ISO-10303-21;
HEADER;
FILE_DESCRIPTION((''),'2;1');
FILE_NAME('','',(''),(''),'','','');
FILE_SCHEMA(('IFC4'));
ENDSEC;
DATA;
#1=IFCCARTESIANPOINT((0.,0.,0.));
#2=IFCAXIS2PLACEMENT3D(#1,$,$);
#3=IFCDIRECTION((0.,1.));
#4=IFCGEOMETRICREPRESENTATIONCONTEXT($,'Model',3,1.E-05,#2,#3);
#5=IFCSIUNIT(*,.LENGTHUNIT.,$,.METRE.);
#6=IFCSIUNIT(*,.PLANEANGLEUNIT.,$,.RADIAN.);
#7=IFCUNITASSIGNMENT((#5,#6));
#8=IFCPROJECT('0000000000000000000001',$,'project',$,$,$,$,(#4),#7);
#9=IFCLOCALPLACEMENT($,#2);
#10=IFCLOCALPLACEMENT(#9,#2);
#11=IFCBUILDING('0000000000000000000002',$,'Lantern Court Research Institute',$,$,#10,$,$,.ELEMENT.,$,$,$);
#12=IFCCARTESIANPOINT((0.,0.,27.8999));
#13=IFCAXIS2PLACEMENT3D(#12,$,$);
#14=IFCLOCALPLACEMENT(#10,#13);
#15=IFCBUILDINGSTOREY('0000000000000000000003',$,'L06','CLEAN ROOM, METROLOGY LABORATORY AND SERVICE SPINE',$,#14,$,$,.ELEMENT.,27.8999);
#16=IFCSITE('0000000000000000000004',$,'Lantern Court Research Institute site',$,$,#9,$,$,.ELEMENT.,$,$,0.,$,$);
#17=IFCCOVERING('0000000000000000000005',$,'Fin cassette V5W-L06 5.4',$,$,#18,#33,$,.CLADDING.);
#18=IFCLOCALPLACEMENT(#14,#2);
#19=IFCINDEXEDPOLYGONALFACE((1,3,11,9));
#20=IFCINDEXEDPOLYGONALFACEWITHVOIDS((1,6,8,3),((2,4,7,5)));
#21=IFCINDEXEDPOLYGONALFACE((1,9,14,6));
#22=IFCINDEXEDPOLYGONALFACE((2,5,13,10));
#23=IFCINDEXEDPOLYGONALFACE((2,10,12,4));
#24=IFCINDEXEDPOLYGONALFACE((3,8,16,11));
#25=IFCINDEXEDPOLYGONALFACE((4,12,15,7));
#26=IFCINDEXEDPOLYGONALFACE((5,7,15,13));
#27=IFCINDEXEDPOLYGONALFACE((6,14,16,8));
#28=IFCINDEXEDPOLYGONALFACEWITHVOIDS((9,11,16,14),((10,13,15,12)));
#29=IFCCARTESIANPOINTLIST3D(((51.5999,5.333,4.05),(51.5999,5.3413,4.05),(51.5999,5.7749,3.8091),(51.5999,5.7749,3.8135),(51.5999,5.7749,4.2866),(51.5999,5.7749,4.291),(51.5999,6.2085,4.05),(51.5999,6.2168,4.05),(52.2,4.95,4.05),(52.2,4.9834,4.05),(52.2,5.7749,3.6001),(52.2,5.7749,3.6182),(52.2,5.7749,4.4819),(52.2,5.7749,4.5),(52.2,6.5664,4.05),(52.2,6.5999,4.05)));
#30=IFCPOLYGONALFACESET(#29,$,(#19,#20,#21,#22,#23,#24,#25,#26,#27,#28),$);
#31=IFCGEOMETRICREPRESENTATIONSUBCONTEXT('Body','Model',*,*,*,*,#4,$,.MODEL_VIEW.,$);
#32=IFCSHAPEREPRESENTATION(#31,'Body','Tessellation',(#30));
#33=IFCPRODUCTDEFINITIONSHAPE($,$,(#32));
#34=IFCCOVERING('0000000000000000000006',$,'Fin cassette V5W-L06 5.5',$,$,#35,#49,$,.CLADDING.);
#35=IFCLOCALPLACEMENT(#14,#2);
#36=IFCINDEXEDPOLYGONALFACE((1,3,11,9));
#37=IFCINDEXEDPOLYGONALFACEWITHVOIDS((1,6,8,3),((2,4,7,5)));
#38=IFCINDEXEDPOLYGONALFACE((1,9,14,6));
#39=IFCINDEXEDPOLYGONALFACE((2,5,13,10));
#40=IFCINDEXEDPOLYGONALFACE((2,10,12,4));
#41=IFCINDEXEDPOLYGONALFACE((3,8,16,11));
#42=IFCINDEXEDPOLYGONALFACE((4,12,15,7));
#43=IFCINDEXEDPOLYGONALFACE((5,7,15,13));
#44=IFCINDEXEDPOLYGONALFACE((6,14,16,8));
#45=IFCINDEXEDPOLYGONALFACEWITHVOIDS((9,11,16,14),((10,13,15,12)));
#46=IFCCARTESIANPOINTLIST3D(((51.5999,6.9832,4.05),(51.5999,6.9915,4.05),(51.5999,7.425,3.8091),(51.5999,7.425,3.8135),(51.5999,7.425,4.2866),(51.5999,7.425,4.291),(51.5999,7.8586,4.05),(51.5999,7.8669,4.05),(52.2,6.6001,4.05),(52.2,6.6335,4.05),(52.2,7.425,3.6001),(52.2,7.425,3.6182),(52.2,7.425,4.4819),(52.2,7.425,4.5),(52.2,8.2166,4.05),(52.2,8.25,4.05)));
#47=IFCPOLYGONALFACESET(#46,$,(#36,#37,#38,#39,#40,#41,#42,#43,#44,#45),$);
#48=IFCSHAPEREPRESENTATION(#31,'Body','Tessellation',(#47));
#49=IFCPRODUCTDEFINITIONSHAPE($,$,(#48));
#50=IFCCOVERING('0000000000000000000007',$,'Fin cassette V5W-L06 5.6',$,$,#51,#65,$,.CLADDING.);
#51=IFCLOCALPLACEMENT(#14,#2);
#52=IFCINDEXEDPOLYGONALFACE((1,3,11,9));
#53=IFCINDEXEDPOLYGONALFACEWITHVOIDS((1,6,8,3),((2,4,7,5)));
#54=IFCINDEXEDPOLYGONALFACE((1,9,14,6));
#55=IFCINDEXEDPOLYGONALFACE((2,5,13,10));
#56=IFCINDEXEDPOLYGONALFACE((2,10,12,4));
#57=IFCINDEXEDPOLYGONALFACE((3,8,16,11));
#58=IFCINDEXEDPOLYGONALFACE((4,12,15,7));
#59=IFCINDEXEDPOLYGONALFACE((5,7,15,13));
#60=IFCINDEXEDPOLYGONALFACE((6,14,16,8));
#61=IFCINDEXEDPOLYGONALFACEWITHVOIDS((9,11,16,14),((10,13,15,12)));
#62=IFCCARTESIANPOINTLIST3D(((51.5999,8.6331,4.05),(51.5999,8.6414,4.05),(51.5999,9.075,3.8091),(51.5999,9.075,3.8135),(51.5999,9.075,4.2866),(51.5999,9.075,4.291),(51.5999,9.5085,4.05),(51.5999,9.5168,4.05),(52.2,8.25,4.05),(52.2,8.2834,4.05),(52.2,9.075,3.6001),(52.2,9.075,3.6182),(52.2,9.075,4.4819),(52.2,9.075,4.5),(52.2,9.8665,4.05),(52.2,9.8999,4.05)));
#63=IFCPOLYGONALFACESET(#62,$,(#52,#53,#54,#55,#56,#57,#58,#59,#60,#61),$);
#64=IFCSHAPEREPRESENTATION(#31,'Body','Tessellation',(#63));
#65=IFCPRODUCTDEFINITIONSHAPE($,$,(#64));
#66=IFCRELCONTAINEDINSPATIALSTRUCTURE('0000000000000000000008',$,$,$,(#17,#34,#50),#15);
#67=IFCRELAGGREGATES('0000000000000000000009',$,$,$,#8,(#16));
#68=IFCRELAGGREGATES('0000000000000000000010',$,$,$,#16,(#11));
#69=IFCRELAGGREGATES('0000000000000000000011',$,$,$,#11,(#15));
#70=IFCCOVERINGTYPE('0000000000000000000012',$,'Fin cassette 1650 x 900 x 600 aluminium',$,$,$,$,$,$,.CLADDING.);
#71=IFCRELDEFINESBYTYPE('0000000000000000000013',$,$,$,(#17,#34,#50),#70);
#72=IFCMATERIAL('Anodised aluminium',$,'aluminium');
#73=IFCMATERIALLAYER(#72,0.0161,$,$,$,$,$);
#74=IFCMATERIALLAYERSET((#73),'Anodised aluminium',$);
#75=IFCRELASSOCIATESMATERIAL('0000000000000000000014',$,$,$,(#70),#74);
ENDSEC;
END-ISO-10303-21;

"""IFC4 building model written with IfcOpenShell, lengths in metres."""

from ifc_helpers import new_model, entity, si_unit, direction, frame, origin, place, context, subcontext, project, spatial, material, layer, layer_set, type_object, element, save


model = new_model("IFC4")

# Units and contexts
model_context = context("Model", 3, precision=1e-05, world=origin(), true_north=direction((0.0, 1.0)))
body_context = subcontext(model_context, "Body", "Model", "MODEL_VIEW")
ifc_project = project(units=[si_unit("LENGTHUNIT", "METRE"), si_unit("PLANEANGLEUNIT", "RADIAN")], contexts=[model_context])

# Site, building, storey
site_placement = place(None, origin())
site = spatial("IfcSite", under=ifc_project, at=site_placement, Name="Lantern Court Research Institute site", CompositionType="ELEMENT", RefElevation=0.0)
building_placement = place(site_placement, origin())
building = spatial("IfcBuilding", under=site, at=building_placement, Name="Lantern Court Research Institute", CompositionType="ELEMENT")
storey_placement = place(building_placement, frame((0.0, 0.0, 27.8999)))
storey = spatial("IfcBuildingStorey", under=building, at=storey_placement, Name="L06", Description="CLEAN ROOM, METROLOGY LABORATORY AND SERVICE SPINE", CompositionType="ELEMENT", Elevation=27.8999)

# Coverings
ifc_material_1 = material(Name="Anodised aluminium", Category="aluminium")
ifc_layer_1 = layer(ifc_material_1, 0.0161)
ifc_layer_set_1 = layer_set([ifc_layer_1], Name="Anodised aluminium")
covering_type = type_object("IfcCoveringType", Name="Fin cassette 1650 x 900 x 600 aluminium", PredefinedType="CLADDING", material=ifc_layer_set_1)
covering_1_placement = place(storey_placement, frame((52.2, 5.7749, 4.05), z_axis=(-1.0, 0.0, 0.0), x_axis=(0.0, -1.0, 0.0)))
cartesian_point_1 = entity("IfcCartesianPoint", [0.825, 0.0])
cartesian_point_2 = entity("IfcCartesianPoint", [0.7915, 0.0])
cartesian_point_3 = entity("IfcCartesianPoint", [0.4419, 0.0])
cartesian_point_4 = entity("IfcCartesianPoint", [0.4336, 0.0])
element("IfcCovering", 1, at=covering_1_placement, inside=storey, type_object=covering_type, Name="Fin cassette V5W-L06 5.4", PredefinedType="CLADDING", context=body_context, shape_type="SweptSolid", body=[
    entity("IfcExtrudedAreaSolidTapered", entity("IfcArbitraryProfileDefWithVoids", "AREA", None, entity("IfcPolyline", [cartesian_point_1, entity("IfcCartesianPoint", [0.0, 0.45]), entity("IfcCartesianPoint", [-0.825, 0.0]), entity("IfcCartesianPoint", [0.0, -0.45]), cartesian_point_1]), [entity("IfcPolyline", [cartesian_point_2, entity("IfcCartesianPoint", [0.0, 0.4319]), entity("IfcCartesianPoint", [-0.7915, 0.0]), entity("IfcCartesianPoint", [0.0, -0.4319]), cartesian_point_2])]), entity("IfcAxis2Placement3D", entity("IfcCartesianPoint", [0.0, 0.0, 0.0])), entity("IfcDirection", [0.0, 0.0, 1.0]), 0.6001, entity("IfcArbitraryProfileDefWithVoids", "AREA", None, entity("IfcPolyline", [cartesian_point_3, entity("IfcCartesianPoint", [0.0, 0.241]), entity("IfcCartesianPoint", [-0.4419, 0.0]), entity("IfcCartesianPoint", [0.0, -0.241]), cartesian_point_3]), [entity("IfcPolyline", [cartesian_point_4, entity("IfcCartesianPoint", [0.0, 0.2366]), entity("IfcCartesianPoint", [-0.4336, 0.0]), entity("IfcCartesianPoint", [0.0, -0.2366]), cartesian_point_4])])),
])
covering_2_placement = place(storey_placement, frame((52.2, 7.425, 4.05), z_axis=(-1.0, 0.0, 0.0), x_axis=(0.0, -1.0, 0.0)))
cartesian_point_5 = entity("IfcCartesianPoint", [0.825, 0.0])
cartesian_point_6 = entity("IfcCartesianPoint", [0.7915, 0.0])
cartesian_point_7 = entity("IfcCartesianPoint", [0.4419, 0.0])
cartesian_point_8 = entity("IfcCartesianPoint", [0.4336, 0.0])
element("IfcCovering", 2, at=covering_2_placement, inside=storey, type_object=covering_type, Name="Fin cassette V5W-L06 5.5", PredefinedType="CLADDING", context=body_context, shape_type="SweptSolid", body=[
    entity("IfcExtrudedAreaSolidTapered", entity("IfcArbitraryProfileDefWithVoids", "AREA", None, entity("IfcPolyline", [cartesian_point_5, entity("IfcCartesianPoint", [0.0, 0.45]), entity("IfcCartesianPoint", [-0.825, 0.0]), entity("IfcCartesianPoint", [0.0, -0.45]), cartesian_point_5]), [entity("IfcPolyline", [cartesian_point_6, entity("IfcCartesianPoint", [0.0, 0.4319]), entity("IfcCartesianPoint", [-0.7915, 0.0]), entity("IfcCartesianPoint", [0.0, -0.4319]), cartesian_point_6])]), entity("IfcAxis2Placement3D", entity("IfcCartesianPoint", [0.0, 0.0, 0.0])), entity("IfcDirection", [0.0, 0.0, 1.0]), 0.6001, entity("IfcArbitraryProfileDefWithVoids", "AREA", None, entity("IfcPolyline", [cartesian_point_7, entity("IfcCartesianPoint", [0.0, 0.241]), entity("IfcCartesianPoint", [-0.4419, 0.0]), entity("IfcCartesianPoint", [0.0, -0.241]), cartesian_point_7]), [entity("IfcPolyline", [cartesian_point_8, entity("IfcCartesianPoint", [0.0, 0.2366]), entity("IfcCartesianPoint", [-0.4336, 0.0]), entity("IfcCartesianPoint", [0.0, -0.2366]), cartesian_point_8])])),
])
covering_3_placement = place(storey_placement, frame((52.2, 9.075, 4.05), z_axis=(-1.0, 0.0, 0.0), x_axis=(0.0, -1.0, 0.0)))
cartesian_point_9 = entity("IfcCartesianPoint", [0.825, 0.0])
cartesian_point_10 = entity("IfcCartesianPoint", [0.7915, 0.0])
cartesian_point_11 = entity("IfcCartesianPoint", [0.4419, 0.0])
cartesian_point_12 = entity("IfcCartesianPoint", [0.4336, 0.0])
element("IfcCovering", 3, at=covering_3_placement, inside=storey, type_object=covering_type, Name="Fin cassette V5W-L06 5.6", PredefinedType="CLADDING", context=body_context, shape_type="SweptSolid", body=[
    entity("IfcExtrudedAreaSolidTapered", entity("IfcArbitraryProfileDefWithVoids", "AREA", None, entity("IfcPolyline", [cartesian_point_9, entity("IfcCartesianPoint", [0.0, 0.45]), entity("IfcCartesianPoint", [-0.825, 0.0]), entity("IfcCartesianPoint", [0.0, -0.45]), cartesian_point_9]), [entity("IfcPolyline", [cartesian_point_10, entity("IfcCartesianPoint", [0.0, 0.4319]), entity("IfcCartesianPoint", [-0.7915, 0.0]), entity("IfcCartesianPoint", [0.0, -0.4319]), cartesian_point_10])]), entity("IfcAxis2Placement3D", entity("IfcCartesianPoint", [0.0, 0.0, 0.0])), entity("IfcDirection", [0.0, 0.0, 1.0]), 0.6001, entity("IfcArbitraryProfileDefWithVoids", "AREA", None, entity("IfcPolyline", [cartesian_point_11, entity("IfcCartesianPoint", [0.0, 0.241]), entity("IfcCartesianPoint", [-0.4419, 0.0]), entity("IfcCartesianPoint", [0.0, -0.241]), cartesian_point_11]), [entity("IfcPolyline", [cartesian_point_12, entity("IfcCartesianPoint", [0.0, 0.2366]), entity("IfcCartesianPoint", [-0.4336, 0.0]), entity("IfcCartesianPoint", [0.0, -0.2366]), cartesian_point_12])])),
])

save(model, "model.ifc")
